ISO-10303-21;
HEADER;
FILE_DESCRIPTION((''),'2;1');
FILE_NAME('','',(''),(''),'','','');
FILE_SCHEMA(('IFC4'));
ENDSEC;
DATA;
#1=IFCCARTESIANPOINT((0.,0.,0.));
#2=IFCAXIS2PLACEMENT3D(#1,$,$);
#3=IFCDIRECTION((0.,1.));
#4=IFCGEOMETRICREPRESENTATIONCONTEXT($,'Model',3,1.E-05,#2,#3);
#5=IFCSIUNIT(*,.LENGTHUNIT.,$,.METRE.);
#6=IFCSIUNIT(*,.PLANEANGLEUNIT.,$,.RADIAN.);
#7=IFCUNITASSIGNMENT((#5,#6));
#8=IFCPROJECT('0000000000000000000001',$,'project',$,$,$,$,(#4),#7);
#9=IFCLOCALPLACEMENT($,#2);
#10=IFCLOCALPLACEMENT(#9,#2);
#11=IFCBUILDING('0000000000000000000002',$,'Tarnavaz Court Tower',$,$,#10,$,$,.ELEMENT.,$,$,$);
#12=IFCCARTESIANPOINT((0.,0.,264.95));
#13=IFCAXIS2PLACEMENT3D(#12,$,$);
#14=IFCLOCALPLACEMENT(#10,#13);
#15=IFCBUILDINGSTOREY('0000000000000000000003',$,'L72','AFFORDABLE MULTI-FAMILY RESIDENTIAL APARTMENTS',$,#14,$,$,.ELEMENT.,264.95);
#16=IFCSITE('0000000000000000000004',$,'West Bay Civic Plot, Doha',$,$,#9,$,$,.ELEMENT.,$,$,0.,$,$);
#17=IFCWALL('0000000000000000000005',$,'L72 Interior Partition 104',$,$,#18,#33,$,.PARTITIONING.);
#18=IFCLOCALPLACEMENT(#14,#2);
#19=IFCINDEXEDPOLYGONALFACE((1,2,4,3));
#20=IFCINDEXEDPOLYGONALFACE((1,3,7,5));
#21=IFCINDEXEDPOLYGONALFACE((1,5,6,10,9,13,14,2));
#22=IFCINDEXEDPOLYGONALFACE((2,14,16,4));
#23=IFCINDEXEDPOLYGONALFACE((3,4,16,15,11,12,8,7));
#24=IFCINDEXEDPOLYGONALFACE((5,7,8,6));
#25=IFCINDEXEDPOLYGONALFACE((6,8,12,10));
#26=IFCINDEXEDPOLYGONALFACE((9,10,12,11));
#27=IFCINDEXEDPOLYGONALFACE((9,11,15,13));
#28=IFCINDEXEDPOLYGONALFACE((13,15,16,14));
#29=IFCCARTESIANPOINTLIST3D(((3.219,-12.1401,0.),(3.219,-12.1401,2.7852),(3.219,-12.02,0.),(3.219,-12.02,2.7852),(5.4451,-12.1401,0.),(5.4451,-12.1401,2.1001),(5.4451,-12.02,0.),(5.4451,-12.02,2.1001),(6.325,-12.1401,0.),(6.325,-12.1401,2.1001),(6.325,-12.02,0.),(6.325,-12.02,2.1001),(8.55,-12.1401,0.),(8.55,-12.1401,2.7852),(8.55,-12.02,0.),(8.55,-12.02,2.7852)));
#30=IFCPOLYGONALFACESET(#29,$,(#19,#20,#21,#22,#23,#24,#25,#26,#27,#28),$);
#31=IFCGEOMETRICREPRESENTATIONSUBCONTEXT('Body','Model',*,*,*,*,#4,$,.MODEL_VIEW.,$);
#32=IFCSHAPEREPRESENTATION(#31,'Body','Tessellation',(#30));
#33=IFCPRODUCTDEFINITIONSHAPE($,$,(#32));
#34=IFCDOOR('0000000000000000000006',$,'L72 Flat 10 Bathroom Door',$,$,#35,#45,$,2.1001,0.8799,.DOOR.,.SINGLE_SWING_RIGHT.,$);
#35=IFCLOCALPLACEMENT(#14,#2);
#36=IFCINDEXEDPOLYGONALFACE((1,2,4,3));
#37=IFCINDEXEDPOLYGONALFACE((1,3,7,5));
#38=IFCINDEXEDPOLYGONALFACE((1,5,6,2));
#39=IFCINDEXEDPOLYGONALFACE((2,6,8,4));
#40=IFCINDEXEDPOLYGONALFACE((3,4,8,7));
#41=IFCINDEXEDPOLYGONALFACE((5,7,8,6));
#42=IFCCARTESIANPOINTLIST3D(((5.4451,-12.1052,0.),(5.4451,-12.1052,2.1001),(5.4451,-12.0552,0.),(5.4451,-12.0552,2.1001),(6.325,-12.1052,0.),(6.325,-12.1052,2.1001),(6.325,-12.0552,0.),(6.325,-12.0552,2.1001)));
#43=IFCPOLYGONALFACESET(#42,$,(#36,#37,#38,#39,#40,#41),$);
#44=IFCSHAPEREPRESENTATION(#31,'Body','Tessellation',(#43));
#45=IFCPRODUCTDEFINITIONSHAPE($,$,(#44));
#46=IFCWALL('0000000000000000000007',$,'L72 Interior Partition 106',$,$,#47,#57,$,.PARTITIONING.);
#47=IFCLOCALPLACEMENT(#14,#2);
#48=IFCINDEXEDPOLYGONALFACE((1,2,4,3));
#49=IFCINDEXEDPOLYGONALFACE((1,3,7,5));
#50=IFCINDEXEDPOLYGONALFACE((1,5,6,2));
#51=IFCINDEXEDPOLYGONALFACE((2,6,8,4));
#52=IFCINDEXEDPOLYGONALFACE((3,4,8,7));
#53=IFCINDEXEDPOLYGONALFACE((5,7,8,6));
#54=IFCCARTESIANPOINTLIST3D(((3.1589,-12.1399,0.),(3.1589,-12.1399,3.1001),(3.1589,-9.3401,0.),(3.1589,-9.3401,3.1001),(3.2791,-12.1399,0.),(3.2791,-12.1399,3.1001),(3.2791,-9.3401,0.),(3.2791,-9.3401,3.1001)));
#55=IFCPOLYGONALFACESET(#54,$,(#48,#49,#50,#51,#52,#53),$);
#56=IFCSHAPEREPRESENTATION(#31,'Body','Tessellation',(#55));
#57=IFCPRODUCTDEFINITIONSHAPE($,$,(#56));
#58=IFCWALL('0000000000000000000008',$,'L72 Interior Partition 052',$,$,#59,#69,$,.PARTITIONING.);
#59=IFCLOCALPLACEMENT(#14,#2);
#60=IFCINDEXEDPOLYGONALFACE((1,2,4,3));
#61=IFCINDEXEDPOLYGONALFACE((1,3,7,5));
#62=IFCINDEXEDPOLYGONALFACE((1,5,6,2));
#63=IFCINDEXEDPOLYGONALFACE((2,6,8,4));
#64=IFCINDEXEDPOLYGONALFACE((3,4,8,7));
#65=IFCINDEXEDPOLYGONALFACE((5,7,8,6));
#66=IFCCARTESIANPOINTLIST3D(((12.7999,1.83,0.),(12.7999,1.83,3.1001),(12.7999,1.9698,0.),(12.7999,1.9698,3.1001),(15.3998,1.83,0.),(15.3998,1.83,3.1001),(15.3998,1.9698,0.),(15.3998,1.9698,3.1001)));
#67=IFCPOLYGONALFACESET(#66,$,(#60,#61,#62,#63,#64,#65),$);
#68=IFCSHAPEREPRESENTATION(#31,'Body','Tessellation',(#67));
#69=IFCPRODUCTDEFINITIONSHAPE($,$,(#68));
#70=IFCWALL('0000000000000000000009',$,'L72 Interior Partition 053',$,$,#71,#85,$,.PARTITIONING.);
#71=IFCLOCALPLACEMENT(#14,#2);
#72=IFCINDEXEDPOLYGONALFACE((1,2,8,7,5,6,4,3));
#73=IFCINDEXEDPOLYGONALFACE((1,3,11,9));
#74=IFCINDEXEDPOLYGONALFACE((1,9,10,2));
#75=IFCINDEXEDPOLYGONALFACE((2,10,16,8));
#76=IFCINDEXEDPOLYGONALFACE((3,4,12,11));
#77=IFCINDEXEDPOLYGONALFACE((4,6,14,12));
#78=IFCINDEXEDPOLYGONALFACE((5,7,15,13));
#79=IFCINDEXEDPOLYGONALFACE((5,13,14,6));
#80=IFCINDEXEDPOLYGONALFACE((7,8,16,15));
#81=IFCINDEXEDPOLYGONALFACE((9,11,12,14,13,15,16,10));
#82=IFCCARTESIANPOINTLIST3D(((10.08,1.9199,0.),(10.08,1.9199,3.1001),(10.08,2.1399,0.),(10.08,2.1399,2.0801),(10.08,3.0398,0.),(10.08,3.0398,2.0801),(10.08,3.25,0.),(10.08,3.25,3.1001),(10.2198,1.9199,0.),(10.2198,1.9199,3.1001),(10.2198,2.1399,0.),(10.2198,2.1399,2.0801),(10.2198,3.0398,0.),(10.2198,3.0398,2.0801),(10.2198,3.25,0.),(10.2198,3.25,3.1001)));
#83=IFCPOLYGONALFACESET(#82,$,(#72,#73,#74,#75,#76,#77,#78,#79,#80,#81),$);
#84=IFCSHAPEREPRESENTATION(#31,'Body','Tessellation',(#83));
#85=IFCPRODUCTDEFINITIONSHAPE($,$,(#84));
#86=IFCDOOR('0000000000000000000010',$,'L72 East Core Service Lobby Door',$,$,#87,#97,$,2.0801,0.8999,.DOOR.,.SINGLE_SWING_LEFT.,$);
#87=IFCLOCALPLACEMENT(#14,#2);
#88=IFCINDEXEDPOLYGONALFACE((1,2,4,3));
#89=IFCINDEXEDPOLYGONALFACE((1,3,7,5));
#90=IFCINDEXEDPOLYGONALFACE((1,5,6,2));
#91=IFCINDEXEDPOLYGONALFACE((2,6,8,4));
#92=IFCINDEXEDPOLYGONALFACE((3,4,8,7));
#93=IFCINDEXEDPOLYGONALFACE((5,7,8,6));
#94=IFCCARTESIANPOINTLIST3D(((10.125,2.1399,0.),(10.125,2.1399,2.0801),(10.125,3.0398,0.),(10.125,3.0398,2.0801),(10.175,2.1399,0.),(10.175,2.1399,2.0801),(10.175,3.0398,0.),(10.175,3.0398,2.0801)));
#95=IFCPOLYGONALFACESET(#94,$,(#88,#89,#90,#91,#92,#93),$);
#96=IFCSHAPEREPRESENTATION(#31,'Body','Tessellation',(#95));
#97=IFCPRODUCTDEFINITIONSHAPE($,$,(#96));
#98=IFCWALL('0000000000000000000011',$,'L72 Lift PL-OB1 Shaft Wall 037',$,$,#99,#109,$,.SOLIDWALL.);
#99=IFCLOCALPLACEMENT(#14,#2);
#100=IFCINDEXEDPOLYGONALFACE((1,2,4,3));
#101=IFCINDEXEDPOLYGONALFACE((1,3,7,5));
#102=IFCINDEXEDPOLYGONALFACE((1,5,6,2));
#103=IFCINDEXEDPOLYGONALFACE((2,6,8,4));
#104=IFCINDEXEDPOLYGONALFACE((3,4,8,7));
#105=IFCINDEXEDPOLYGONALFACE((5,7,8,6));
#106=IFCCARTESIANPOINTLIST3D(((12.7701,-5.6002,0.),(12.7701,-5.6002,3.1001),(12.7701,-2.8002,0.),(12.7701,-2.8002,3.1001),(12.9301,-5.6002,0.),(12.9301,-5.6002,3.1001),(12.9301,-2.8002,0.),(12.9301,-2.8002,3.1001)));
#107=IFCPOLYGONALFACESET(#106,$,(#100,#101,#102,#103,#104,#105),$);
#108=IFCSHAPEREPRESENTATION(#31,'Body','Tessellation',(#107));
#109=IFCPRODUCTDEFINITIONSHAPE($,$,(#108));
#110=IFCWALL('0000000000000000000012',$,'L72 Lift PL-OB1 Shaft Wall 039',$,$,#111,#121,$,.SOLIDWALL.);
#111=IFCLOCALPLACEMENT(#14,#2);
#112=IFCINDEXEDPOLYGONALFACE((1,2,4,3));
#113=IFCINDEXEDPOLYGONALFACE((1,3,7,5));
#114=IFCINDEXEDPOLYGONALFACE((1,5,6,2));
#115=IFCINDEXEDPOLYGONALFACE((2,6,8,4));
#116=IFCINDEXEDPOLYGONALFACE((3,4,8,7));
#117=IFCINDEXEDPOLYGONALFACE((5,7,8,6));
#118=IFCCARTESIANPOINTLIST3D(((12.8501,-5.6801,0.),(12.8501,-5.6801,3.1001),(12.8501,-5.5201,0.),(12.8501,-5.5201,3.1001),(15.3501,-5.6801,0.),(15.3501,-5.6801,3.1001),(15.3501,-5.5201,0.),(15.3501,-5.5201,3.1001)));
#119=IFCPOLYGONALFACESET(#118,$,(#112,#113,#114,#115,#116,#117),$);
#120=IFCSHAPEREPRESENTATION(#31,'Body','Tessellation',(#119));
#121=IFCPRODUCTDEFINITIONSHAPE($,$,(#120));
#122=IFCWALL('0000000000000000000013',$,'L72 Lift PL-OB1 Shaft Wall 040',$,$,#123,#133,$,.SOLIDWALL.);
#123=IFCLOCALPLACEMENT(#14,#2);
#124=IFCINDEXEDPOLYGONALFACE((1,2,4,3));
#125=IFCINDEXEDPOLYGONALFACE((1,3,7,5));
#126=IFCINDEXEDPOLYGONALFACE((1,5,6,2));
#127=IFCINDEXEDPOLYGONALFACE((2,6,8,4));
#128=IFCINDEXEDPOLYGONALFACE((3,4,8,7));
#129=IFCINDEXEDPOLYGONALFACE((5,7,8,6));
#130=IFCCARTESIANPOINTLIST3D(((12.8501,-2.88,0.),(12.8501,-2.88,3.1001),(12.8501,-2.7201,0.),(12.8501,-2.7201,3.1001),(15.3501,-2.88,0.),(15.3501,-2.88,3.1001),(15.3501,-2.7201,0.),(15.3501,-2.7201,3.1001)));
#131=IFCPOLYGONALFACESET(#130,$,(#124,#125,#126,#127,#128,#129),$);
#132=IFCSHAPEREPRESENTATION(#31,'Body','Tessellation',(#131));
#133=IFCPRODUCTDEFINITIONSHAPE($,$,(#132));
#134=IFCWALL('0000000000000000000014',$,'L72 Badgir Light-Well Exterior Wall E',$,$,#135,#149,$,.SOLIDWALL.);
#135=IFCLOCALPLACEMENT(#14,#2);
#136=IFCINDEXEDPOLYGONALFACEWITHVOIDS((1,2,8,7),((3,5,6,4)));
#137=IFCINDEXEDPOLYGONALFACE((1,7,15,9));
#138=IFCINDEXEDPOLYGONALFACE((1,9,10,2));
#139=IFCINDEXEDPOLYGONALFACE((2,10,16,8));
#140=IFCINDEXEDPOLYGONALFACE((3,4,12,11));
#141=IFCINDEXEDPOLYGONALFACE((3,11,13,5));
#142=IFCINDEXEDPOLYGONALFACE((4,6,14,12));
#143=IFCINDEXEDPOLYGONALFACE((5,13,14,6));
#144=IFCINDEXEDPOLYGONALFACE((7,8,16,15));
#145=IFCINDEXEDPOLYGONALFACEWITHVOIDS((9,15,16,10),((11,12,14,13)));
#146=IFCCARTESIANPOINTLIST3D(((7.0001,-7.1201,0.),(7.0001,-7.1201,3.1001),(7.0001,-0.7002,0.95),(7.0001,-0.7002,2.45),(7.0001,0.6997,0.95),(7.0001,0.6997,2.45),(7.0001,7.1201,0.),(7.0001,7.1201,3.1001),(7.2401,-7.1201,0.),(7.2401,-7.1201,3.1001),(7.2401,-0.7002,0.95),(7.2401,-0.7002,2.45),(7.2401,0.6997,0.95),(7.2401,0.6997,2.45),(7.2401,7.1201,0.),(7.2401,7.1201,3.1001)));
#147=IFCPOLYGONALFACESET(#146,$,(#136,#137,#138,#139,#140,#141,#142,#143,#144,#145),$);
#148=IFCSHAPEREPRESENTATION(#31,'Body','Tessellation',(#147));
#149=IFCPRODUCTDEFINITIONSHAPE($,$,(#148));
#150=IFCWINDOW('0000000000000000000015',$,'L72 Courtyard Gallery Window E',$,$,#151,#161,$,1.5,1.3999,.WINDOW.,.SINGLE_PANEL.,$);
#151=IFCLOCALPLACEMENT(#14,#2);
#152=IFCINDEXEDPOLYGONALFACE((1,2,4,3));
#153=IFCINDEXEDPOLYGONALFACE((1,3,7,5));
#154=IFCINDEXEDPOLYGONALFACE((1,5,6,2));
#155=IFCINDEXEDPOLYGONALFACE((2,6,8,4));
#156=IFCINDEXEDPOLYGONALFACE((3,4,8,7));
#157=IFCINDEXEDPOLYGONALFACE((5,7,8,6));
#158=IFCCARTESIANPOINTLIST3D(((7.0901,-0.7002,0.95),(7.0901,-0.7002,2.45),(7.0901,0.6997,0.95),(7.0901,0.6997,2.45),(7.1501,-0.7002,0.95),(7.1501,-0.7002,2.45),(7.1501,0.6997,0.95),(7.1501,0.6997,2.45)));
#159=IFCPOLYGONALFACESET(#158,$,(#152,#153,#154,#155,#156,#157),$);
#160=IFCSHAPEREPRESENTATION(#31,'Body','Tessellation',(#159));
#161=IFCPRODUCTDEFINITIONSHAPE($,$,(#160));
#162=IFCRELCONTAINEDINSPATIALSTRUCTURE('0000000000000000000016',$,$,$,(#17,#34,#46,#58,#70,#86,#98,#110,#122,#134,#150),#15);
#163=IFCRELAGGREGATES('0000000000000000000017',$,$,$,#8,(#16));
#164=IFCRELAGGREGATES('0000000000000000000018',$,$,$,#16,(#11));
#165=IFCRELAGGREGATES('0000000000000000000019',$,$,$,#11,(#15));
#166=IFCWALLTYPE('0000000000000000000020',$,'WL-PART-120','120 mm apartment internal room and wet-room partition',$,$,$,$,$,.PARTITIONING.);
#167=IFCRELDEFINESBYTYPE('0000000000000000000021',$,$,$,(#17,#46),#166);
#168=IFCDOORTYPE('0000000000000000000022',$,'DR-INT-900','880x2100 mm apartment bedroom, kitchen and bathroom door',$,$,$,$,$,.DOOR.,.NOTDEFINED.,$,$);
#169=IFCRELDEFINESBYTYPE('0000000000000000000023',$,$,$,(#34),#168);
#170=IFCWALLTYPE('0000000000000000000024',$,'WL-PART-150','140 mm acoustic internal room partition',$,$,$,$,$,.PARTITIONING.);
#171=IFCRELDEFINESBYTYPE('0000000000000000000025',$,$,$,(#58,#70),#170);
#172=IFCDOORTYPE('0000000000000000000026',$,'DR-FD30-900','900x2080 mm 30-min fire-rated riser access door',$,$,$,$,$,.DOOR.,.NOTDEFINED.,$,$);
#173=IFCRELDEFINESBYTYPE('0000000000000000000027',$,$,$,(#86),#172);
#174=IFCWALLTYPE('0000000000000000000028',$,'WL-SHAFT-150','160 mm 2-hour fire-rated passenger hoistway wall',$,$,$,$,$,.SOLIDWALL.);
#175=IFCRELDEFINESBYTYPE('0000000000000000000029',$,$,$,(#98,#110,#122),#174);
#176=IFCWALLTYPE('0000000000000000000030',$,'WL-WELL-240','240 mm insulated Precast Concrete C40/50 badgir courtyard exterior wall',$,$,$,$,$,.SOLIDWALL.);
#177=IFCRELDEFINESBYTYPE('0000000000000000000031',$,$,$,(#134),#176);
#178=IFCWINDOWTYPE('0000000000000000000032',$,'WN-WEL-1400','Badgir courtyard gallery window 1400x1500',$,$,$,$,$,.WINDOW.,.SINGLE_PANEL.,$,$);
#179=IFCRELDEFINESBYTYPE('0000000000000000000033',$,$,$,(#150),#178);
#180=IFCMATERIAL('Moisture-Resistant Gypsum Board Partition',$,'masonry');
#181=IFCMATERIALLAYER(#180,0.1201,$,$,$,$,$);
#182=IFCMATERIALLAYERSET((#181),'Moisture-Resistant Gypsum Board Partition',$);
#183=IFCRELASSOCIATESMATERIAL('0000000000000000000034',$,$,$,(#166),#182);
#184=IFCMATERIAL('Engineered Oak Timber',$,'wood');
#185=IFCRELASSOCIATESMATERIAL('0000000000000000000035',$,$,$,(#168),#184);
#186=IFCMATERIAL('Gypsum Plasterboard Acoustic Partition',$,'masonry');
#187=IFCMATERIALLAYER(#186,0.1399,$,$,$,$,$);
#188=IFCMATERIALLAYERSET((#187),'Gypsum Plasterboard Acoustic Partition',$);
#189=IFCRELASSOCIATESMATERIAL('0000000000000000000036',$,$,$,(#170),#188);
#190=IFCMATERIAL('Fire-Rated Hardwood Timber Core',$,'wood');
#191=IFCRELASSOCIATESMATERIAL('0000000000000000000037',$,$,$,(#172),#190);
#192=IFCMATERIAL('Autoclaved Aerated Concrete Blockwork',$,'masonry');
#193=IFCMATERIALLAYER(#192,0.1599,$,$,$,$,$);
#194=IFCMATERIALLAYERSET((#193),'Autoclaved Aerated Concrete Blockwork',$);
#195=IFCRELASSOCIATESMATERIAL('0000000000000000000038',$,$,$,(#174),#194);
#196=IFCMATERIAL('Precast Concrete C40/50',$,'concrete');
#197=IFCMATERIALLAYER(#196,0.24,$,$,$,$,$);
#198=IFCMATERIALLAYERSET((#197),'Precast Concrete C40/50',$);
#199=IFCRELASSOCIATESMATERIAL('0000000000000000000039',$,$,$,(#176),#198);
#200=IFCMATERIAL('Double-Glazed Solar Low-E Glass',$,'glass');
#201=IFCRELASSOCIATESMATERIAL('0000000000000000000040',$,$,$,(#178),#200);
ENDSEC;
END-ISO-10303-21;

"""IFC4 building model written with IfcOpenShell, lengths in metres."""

from ifc_helpers import new_model, si_unit, direction, frame, frame_2d, origin, place, context, subcontext, project, spatial, rectangle, extrude, material, layer, layer_set, type_object, element, fill, save


model = new_model("IFC4")

# Units and contexts
model_context = context("Model", 3, precision=1e-05, world=origin(), true_north=direction((0.0, 1.0)))
body_context = subcontext(model_context, "Body", "Model", "MODEL_VIEW")
ifc_project = project(units=[si_unit("LENGTHUNIT", "METRE"), si_unit("PLANEANGLEUNIT", "RADIAN")], contexts=[model_context])

# Site, building, storey
site_placement = place(None, origin())
site = spatial("IfcSite", under=ifc_project, at=site_placement, Name="West Bay Civic Plot, Doha", CompositionType="ELEMENT", RefElevation=0.0)
building_placement = place(site_placement, origin())
building = spatial("IfcBuilding", under=site, at=building_placement, Name="Tarnavaz Court Tower", CompositionType="ELEMENT")
storey_placement = place(building_placement, frame((0.0, 0.0, 264.95)))
storey = spatial("IfcBuildingStorey", under=building, at=storey_placement, Name="L72", Description="AFFORDABLE MULTI-FAMILY RESIDENTIAL APARTMENTS", CompositionType="ELEMENT", Elevation=264.95)

# Shared definitions
ifc_material_1 = material(Name="Fire-Rated Hardwood Timber Core", Category="wood")

# Wall, opening, door
ifc_material_2 = material(Name="Moisture-Resistant Gypsum Board Partition", Category="masonry")
ifc_layer_1 = layer(ifc_material_2, 0.1201)
ifc_layer_set_1 = layer_set([ifc_layer_1], Name="Moisture-Resistant Gypsum Board Partition")
wall_type_1 = type_object("IfcWallType", Name="WL-PART-120", Description="120 mm apartment internal room and wet-room partition", PredefinedType="PARTITIONING", material=ifc_layer_set_1)
wall_1_placement = place(storey_placement, frame((3.219, -12.0801, 0.0), z_axis=(0.0, 0.0, 1.0), x_axis=(1.0, 0.0, 0.0)))
wall_1 = element("IfcWall", 1, at=wall_1_placement, inside=storey, type_object=wall_type_1, Name="L72 Interior Partition 104", PredefinedType="PARTITIONING", context=body_context, shape_type="SweptSolid", body=[
    extrude(rectangle(XDim=5.3311, YDim=0.1201, at=frame_2d((2.6655, 0.0))), origin(), (0.0, 0.0, 1.0), 2.7852),
])
opening_1_placement = place(wall_1_placement, frame((2.2261, 0.0, 0.0)))
opening_1 = element("IfcOpeningElement", 2, at=opening_1_placement, cuts=wall_1, PredefinedType="OPENING", context=body_context, shape_type="SweptSolid", body=[
    extrude(rectangle(XDim=0.8799, YDim=2.1001, at=frame_2d((0.4399, 1.05))), frame((0.0, 0.0701, 0.0), z_axis=(0.0, -1.0, 0.0), x_axis=(1.0, 0.0, 0.0)), (0.0, 0.0, 1.0), 0.1401),
])
ifc_material_3 = material(Name="Engineered Oak Timber", Category="wood")
door_type_1 = type_object("IfcDoorType", Name="DR-INT-900", Description="880x2100 mm apartment bedroom, kitchen and bathroom door", OperationType="NOTDEFINED", PredefinedType="DOOR", material=ifc_material_3)
door_1_placement = place(opening_1_placement, origin())
door_1 = element("IfcDoor", 3, at=door_1_placement, inside=storey, type_object=door_type_1, Name="L72 Flat 10 Bathroom Door", OperationType="SINGLE_SWING_RIGHT", OverallHeight=2.1001, OverallWidth=0.8799, PredefinedType="DOOR", context=body_context, shape_type="SweptSolid", body=[
    extrude(rectangle(XDim=0.8799, YDim=2.1001, at=frame_2d((0.4399, 1.05))), frame((0.0, 0.0249, 0.0), z_axis=(0.0, -1.0, 0.0), x_axis=(1.0, 0.0, 0.0)), (0.0, 0.0, 1.0), 0.05),
])
fill(opening_1, door_1)

# Walls
wall_2_placement = place(storey_placement, frame((3.219, -12.1399, 0.0), z_axis=(0.0, 0.0, 1.0), x_axis=(0.0, 1.0, 0.0)))
element("IfcWall", 4, at=wall_2_placement, inside=storey, type_object=wall_type_1, Name="L72 Interior Partition 106", PredefinedType="PARTITIONING", context=body_context, shape_type="SweptSolid", body=[
    extrude(rectangle(XDim=2.7998, YDim=0.1201, at=frame_2d((1.3999, 0.0))), origin(), (0.0, 0.0, 1.0), 3.1001),
])
ifc_material_4 = material(Name="Gypsum Plasterboard Acoustic Partition", Category="masonry")
ifc_layer_2 = layer(ifc_material_4, 0.1399)
ifc_layer_set_2 = layer_set([ifc_layer_2], Name="Gypsum Plasterboard Acoustic Partition")
wall_type_2 = type_object("IfcWallType", Name="WL-PART-150", Description="140 mm acoustic internal room partition", PredefinedType="PARTITIONING", material=ifc_layer_set_2)
wall_3_placement = place(storey_placement, frame((12.8, 1.8999, 0.0), z_axis=(0.0, 0.0, 1.0), x_axis=(1.0, 0.0, 0.0)))
element("IfcWall", 5, at=wall_3_placement, inside=storey, type_object=wall_type_2, Name="L72 Interior Partition 052", PredefinedType="PARTITIONING", context=body_context, shape_type="SweptSolid", body=[
    extrude(rectangle(XDim=2.5999, YDim=0.1399, at=frame_2d((1.2998, 0.0))), origin(), (0.0, 0.0, 1.0), 3.1001),
])

# Wall, opening, door
wall_4_placement = place(storey_placement, frame((10.1499, 1.9199, 0.0), z_axis=(0.0, 0.0, 1.0), x_axis=(0.0, 1.0, 0.0)))
wall_4 = element("IfcWall", 6, at=wall_4_placement, inside=storey, type_object=wall_type_2, Name="L72 Interior Partition 053", PredefinedType="PARTITIONING", context=body_context, shape_type="SweptSolid", body=[
    extrude(rectangle(XDim=1.3301, YDim=0.1399, at=frame_2d((0.665, 0.0))), origin(), (0.0, 0.0, 1.0), 3.1001),
])
opening_2_placement = place(wall_4_placement, frame((0.22, 0.0, 0.0)))
opening_2 = element("IfcOpeningElement", 7, at=opening_2_placement, cuts=wall_4, PredefinedType="OPENING", context=body_context, shape_type="SweptSolid", body=[
    extrude(rectangle(XDim=0.8999, YDim=2.0801, at=frame_2d((0.45, 1.04))), frame((0.0, 0.0798, 0.0), z_axis=(0.0, -1.0, 0.0), x_axis=(1.0, 0.0, 0.0)), (0.0, 0.0, 1.0), 0.1599),
])
door_type_2 = type_object("IfcDoorType", Name="DR-FD30-900", Description="900x2080 mm 30-min fire-rated riser access door", OperationType="NOTDEFINED", PredefinedType="DOOR", material=ifc_material_1)
door_2_placement = place(opening_2_placement, origin())
door_2 = element("IfcDoor", 8, at=door_2_placement, inside=storey, type_object=door_type_2, Name="L72 East Core Service Lobby Door", OperationType="SINGLE_SWING_LEFT", OverallHeight=2.0801, OverallWidth=0.8999, PredefinedType="DOOR", context=body_context, shape_type="SweptSolid", body=[
    extrude(rectangle(XDim=0.8999, YDim=2.0801, at=frame_2d((0.45, 1.04))), frame((0.0, 0.0249, 0.0), z_axis=(0.0, -1.0, 0.0), x_axis=(1.0, 0.0, 0.0)), (0.0, 0.0, 1.0), 0.05),
])
fill(opening_2, door_2)

# Walls
ifc_material_5 = material(Name="Autoclaved Aerated Concrete Blockwork", Category="masonry")
ifc_layer_3 = layer(ifc_material_5, 0.1599)
ifc_layer_set_3 = layer_set([ifc_layer_3], Name="Autoclaved Aerated Concrete Blockwork")
wall_type_3 = type_object("IfcWallType", Name="WL-SHAFT-150", Description="160 mm 2-hour fire-rated passenger hoistway wall", PredefinedType="SOLIDWALL", material=ifc_layer_set_3)
wall_5_placement = place(storey_placement, frame((12.8501, -5.6001, 0.0), z_axis=(0.0, 0.0, 1.0), x_axis=(0.0, 1.0, 0.0)))
element("IfcWall", 9, at=wall_5_placement, inside=storey, type_object=wall_type_3, Name="L72 Lift PL-OB1 Shaft Wall 037", PredefinedType="SOLIDWALL", context=body_context, shape_type="SweptSolid", body=[
    extrude(rectangle(XDim=2.8, YDim=0.1599, at=frame_2d((1.3999, 0.0))), origin(), (0.0, 0.0, 1.0), 3.1001),
])
for number, where, z_axis, x_axis, name in (
    (10, (12.8501, -5.6001, 0.0), (0.0, 0.0, 1.0), (1.0, 0.0, 0.0), "L72 Lift PL-OB1 Shaft Wall 039"),
    (11, (12.8501, -2.8, 0.0), (0.0, 0.0, 1.0), (1.0, 0.0, 0.0), "L72 Lift PL-OB1 Shaft Wall 040"),
):
    element("IfcWall", number, at=place(storey_placement, frame(where, z_axis=z_axis, x_axis=x_axis)), inside=storey, type_object=wall_type_3, Name=name, PredefinedType="SOLIDWALL", context=body_context, shape_type="SweptSolid", body=[
        extrude(rectangle(XDim=2.5, YDim=0.1599, at=frame_2d((1.25, 0.0))), origin(), (0.0, 0.0, 1.0), 3.1001),
    ])

# Wall, opening, window
ifc_material_6 = material(Name="Precast Concrete C40/50", Category="concrete")
ifc_layer_4 = layer(ifc_material_6, 0.24)
ifc_layer_set_4 = layer_set([ifc_layer_4], Name="Precast Concrete C40/50")
wall_type_4 = type_object("IfcWallType", Name="WL-WELL-240", Description="240 mm insulated Precast Concrete C40/50 badgir courtyard exterior wall", PredefinedType="SOLIDWALL", material=ifc_layer_set_4)
wall_6_placement = place(storey_placement, frame((7.1201, -7.1201, 0.0), z_axis=(0.0, 0.0, 1.0), x_axis=(0.0, 1.0, 0.0)))
wall_6 = element("IfcWall", 12, at=wall_6_placement, inside=storey, type_object=wall_type_4, Name="L72 Badgir Light-Well Exterior Wall E", PredefinedType="SOLIDWALL", context=body_context, shape_type="SweptSolid", body=[
    extrude(rectangle(XDim=14.2402, YDim=0.24, at=frame_2d((7.1201, 0.0))), origin(), (0.0, 0.0, 1.0), 3.1001),
])
opening_3_placement = place(wall_6_placement, frame((6.4199, 0.0, 0.95)))
opening_3 = element("IfcOpeningElement", 13, at=opening_3_placement, cuts=wall_6, PredefinedType="OPENING", context=body_context, shape_type="SweptSolid", body=[
    extrude(rectangle(XDim=1.3999, YDim=1.5, at=frame_2d((0.7, 0.75))), frame((0.0, 0.1299, 0.0), z_axis=(0.0, -1.0, 0.0), x_axis=(1.0, 0.0, 0.0)), (0.0, 0.0, 1.0), 0.26),
])
ifc_material_7 = material(Name="Double-Glazed Solar Low-E Glass", Category="glass")
window_type = type_object("IfcWindowType", Name="WN-WEL-1400", Description="Badgir courtyard gallery window 1400x1500", PartitioningType="SINGLE_PANEL", PredefinedType="WINDOW", material=ifc_material_7)
window_placement = place(opening_3_placement, origin())
window = element("IfcWindow", 14, at=window_placement, inside=storey, type_object=window_type, Name="L72 Courtyard Gallery Window E", OverallHeight=1.5, OverallWidth=1.3999, PartitioningType="SINGLE_PANEL", PredefinedType="WINDOW", context=body_context, shape_type="SweptSolid", body=[
    extrude(rectangle(XDim=1.3999, YDim=1.5, at=frame_2d((0.7, 0.75))), frame((0.0, 0.03, 0.0), z_axis=(0.0, -1.0, 0.0), x_axis=(1.0, 0.0, 0.0)), (0.0, 0.0, 1.0), 0.0601),
])
fill(opening_3, window)

save(model, "model.ifc")
